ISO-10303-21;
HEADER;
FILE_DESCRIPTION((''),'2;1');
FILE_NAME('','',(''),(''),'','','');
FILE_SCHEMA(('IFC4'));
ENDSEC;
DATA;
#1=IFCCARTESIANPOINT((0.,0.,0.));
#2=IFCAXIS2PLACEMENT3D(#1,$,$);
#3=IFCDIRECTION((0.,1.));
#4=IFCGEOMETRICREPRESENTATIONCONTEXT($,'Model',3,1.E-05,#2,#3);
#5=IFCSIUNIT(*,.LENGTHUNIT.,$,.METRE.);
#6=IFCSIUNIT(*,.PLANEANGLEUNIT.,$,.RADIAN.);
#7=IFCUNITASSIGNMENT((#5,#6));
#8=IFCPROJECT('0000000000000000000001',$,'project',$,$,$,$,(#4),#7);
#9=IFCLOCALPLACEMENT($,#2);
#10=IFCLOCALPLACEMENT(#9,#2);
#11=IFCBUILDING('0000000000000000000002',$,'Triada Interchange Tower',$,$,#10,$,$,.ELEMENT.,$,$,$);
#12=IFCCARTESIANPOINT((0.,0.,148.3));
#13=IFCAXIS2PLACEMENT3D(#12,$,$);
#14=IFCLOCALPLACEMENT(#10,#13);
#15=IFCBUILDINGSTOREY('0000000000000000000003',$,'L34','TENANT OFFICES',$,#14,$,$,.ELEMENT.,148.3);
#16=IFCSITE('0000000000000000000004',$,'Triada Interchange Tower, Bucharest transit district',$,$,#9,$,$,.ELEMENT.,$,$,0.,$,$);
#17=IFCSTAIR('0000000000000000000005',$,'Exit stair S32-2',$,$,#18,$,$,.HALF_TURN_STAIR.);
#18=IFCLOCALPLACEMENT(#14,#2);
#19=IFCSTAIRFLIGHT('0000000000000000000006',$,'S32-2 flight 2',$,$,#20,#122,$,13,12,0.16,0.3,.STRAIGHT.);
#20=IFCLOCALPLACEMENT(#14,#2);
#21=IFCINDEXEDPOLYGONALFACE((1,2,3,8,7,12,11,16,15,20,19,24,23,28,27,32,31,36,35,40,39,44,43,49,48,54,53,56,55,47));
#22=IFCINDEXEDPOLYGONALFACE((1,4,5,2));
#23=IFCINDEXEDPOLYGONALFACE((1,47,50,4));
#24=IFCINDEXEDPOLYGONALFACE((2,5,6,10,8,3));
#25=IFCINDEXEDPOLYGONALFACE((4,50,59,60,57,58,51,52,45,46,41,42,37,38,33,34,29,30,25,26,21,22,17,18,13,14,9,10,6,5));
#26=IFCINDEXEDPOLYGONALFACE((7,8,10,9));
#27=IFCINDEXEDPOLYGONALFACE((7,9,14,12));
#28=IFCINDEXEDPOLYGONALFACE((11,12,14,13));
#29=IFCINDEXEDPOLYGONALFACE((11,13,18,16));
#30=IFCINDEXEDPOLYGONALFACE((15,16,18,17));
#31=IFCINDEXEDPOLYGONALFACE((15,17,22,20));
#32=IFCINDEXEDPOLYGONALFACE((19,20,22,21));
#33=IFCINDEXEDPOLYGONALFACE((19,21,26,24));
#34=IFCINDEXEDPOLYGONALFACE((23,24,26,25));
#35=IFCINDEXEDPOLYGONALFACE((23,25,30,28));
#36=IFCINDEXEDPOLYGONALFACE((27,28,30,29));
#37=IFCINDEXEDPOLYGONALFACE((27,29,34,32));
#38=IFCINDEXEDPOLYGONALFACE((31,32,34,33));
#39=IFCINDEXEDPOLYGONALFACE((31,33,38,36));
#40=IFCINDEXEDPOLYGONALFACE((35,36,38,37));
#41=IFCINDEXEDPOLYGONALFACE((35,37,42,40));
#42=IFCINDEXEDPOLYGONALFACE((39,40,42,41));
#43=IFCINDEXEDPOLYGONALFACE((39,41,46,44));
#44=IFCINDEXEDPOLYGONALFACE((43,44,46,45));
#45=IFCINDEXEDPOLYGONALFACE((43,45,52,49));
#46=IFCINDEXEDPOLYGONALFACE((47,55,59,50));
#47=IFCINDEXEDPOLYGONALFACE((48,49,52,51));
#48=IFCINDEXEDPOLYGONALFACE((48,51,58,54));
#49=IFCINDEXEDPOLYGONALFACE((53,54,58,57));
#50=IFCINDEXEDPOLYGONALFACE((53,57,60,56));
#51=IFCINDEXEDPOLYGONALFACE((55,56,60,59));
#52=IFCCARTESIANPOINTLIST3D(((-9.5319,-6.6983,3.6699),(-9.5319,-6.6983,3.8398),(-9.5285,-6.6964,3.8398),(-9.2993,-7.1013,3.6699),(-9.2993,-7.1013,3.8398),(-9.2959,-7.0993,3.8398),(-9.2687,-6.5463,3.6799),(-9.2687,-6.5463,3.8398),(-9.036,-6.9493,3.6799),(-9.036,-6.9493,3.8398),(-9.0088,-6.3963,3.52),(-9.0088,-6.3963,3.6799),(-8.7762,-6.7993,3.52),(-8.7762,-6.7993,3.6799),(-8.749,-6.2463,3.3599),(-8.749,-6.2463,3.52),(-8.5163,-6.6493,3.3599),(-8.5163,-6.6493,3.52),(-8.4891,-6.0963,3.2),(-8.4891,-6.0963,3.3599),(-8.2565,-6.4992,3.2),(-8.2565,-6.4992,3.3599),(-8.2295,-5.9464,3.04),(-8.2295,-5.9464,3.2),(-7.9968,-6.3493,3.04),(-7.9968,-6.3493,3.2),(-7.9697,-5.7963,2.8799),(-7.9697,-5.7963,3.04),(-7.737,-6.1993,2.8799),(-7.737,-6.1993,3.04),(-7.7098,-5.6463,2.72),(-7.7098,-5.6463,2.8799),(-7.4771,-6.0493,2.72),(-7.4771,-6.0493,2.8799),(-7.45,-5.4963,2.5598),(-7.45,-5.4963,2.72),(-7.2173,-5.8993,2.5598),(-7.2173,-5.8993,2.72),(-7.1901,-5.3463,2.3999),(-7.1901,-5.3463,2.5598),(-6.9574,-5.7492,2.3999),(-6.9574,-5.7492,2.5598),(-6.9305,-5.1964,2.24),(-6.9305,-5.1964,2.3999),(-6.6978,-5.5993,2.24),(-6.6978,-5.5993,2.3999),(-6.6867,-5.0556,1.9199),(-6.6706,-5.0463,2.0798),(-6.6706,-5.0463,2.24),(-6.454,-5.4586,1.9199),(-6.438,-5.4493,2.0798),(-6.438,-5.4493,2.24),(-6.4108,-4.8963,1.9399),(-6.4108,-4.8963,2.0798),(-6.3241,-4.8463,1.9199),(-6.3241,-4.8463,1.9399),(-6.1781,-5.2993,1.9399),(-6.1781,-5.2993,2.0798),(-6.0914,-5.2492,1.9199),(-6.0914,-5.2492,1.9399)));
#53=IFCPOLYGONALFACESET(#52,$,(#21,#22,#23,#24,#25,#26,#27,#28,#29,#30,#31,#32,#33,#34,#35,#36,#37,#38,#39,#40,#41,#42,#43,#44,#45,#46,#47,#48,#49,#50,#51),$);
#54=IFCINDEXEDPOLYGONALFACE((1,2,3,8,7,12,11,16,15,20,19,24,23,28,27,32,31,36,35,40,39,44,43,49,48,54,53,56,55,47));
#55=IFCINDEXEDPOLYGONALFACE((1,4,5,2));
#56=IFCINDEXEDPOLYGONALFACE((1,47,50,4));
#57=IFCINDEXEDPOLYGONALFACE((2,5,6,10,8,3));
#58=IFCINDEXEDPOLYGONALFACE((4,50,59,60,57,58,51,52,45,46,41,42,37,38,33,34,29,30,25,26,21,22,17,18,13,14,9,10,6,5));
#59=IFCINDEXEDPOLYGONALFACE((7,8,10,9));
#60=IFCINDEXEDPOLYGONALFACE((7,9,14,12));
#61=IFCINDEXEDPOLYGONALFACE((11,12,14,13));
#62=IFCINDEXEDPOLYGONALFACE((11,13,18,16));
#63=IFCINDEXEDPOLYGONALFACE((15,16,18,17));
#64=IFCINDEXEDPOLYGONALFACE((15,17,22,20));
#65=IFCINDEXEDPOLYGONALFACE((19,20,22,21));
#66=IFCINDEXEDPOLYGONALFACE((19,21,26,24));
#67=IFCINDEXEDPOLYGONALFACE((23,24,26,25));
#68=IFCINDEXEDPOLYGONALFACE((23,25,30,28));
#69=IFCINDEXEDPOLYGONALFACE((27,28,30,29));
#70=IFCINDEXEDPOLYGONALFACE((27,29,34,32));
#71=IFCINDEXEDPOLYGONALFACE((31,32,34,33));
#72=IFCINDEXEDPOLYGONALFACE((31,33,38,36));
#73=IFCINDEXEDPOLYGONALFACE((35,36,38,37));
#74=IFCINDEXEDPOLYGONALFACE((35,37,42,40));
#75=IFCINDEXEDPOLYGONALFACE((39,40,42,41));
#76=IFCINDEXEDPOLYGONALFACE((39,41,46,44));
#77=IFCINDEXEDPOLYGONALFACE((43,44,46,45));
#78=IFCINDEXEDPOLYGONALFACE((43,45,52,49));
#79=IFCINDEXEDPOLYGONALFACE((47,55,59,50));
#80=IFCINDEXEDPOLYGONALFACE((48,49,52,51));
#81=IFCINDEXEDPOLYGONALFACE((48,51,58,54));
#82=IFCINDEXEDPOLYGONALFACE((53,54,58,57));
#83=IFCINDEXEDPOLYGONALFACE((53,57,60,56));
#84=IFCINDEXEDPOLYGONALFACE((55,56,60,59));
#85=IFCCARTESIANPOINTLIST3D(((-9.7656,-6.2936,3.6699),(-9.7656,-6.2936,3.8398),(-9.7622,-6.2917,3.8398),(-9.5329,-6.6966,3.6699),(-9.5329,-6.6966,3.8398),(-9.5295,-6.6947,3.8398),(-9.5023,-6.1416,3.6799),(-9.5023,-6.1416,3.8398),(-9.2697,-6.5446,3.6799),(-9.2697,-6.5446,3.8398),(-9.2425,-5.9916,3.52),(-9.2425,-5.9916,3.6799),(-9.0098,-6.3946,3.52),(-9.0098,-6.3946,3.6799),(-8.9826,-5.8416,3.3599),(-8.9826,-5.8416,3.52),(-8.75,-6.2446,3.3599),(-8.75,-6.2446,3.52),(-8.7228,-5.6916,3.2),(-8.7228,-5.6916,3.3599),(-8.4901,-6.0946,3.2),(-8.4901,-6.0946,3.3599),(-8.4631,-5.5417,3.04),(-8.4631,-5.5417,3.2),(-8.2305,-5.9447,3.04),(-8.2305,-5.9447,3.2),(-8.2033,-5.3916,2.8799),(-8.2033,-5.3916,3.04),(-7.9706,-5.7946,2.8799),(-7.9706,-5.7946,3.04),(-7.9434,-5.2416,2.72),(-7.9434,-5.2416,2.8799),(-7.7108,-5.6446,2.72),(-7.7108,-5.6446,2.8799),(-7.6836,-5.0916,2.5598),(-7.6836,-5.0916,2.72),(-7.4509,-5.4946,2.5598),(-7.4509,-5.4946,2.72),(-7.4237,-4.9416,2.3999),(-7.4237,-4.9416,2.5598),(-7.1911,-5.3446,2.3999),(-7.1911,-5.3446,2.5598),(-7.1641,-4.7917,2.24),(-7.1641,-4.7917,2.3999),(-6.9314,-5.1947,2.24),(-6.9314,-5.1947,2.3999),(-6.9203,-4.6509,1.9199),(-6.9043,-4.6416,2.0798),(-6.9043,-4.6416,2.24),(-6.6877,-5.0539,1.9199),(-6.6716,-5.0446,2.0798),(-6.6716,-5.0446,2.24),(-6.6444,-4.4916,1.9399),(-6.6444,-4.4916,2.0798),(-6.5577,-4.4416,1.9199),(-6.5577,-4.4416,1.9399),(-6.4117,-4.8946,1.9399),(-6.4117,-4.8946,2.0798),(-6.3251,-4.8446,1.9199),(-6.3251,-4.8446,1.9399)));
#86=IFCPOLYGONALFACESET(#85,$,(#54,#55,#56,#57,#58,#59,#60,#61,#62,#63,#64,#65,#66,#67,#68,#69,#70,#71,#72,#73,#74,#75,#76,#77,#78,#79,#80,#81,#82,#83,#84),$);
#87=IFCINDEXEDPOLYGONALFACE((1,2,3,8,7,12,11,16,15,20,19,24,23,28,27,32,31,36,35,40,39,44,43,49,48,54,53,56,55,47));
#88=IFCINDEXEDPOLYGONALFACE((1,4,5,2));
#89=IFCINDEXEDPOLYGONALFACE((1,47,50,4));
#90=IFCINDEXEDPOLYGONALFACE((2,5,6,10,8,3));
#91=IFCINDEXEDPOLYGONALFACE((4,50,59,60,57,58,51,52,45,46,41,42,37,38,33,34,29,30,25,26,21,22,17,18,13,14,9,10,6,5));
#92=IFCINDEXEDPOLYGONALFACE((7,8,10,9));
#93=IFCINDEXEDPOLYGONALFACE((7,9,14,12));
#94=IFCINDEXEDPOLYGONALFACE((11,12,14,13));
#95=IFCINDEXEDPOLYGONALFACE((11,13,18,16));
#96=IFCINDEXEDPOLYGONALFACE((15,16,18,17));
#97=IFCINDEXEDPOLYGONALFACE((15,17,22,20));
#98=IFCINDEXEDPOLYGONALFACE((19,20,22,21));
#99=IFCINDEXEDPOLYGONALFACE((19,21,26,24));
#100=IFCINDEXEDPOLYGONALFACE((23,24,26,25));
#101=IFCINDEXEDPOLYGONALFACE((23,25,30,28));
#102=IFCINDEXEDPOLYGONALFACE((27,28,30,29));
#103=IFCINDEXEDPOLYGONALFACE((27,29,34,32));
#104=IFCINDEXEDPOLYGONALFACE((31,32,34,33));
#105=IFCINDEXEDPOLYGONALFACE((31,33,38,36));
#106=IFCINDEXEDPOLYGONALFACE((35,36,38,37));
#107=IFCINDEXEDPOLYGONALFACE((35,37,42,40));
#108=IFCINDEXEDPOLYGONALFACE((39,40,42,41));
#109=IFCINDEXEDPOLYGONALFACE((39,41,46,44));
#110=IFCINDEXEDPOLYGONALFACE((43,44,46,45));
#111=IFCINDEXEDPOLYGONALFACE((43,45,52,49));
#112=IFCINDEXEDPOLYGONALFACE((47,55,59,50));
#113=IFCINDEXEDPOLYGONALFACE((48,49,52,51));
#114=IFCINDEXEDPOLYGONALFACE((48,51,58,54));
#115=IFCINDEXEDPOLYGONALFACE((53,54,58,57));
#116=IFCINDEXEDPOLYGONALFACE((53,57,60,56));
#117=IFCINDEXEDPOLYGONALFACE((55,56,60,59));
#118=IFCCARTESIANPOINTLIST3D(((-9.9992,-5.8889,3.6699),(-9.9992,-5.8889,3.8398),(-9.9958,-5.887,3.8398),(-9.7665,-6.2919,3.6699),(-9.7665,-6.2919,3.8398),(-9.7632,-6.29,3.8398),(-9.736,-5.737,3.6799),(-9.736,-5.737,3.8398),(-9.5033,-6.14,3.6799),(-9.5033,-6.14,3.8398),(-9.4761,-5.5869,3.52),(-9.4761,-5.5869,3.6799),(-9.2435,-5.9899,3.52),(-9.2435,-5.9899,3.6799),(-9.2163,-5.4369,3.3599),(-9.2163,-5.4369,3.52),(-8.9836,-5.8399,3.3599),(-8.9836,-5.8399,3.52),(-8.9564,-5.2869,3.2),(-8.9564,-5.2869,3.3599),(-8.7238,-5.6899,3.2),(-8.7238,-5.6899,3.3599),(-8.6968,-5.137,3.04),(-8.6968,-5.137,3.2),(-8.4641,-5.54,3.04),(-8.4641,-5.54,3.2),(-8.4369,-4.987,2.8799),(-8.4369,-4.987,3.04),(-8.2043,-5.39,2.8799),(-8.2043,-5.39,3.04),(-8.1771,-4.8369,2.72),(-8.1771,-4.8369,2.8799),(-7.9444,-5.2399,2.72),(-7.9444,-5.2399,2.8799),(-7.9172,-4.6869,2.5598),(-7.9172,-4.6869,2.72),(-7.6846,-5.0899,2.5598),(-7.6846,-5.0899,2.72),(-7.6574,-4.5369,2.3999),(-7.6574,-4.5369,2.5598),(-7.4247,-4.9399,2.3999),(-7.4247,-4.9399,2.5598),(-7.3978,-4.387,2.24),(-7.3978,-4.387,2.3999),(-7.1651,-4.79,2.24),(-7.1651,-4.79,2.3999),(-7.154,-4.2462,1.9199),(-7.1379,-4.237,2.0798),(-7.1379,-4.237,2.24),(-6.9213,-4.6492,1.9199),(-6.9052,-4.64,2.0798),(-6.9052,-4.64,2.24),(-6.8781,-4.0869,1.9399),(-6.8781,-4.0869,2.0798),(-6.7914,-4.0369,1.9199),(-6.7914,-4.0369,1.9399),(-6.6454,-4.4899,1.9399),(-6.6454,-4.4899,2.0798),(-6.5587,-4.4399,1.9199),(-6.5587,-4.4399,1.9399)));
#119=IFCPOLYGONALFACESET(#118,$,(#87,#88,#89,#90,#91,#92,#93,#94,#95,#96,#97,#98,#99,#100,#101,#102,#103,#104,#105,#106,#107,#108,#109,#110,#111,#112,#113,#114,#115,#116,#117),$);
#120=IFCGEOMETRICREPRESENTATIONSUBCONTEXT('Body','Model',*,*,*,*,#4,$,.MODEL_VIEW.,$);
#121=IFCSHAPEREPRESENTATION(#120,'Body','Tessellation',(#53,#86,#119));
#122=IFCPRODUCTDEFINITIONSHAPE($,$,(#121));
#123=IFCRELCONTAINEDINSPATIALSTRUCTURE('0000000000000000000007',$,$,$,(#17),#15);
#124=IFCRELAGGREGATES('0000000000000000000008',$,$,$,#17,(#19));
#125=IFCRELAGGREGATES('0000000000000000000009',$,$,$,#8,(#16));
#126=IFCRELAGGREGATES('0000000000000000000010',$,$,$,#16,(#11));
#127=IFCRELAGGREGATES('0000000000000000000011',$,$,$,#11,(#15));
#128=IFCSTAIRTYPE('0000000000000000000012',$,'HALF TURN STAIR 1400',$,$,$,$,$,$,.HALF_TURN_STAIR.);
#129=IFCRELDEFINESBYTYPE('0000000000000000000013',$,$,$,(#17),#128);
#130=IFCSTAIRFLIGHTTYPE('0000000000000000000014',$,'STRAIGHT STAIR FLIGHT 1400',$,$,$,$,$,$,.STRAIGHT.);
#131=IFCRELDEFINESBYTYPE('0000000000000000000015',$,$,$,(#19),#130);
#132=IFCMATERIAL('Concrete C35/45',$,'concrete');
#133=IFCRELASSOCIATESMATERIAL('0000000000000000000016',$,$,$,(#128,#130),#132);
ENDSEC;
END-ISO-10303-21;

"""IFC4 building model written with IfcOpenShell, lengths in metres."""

from ifc_helpers import new_model, si_unit, direction, frame, origin, place, context, subcontext, project, spatial, polyline, outline, extrude, material, type_object, element, aggregate, save


model = new_model("IFC4")

# Units and contexts
model_context = context("Model", 3, precision=1e-05, world=origin(), true_north=direction((0.0, 1.0)))
body_context = subcontext(model_context, "Body", "Model", "MODEL_VIEW")
ifc_project = project(units=[si_unit("LENGTHUNIT", "METRE"), si_unit("PLANEANGLEUNIT", "RADIAN")], contexts=[model_context])

# Site, building, storey
site_placement = place(None, origin())
site = spatial("IfcSite", under=ifc_project, at=site_placement, Name="Triada Interchange Tower, Bucharest transit district", CompositionType="ELEMENT", RefElevation=0.0)
building_placement = place(site_placement, origin())
building = spatial("IfcBuilding", under=site, at=building_placement, Name="Triada Interchange Tower", CompositionType="ELEMENT")
storey_placement = place(building_placement, frame((0.0, 0.0, 148.3)))
storey = spatial("IfcBuildingStorey", under=building, at=storey_placement, Name="L34", Description="TENANT OFFICES", CompositionType="ELEMENT", Elevation=148.3)

# Stair, stair flight
ifc_material_1 = material(Name="Concrete C35/45", Category="concrete")
stair_type = type_object("IfcStairType", Name="HALF TURN STAIR 1400", PredefinedType="HALF_TURN_STAIR", material=ifc_material_1)
stair_placement = place(storey_placement, origin())
stair = element("IfcStair", 1, at=stair_placement, inside=storey, type_object=stair_type, Name="Exit stair S32-2", PredefinedType="HALF_TURN_STAIR")
stair_flight_type = type_object("IfcStairFlightType", Name="STRAIGHT STAIR FLIGHT 1400", PredefinedType="STRAIGHT", material=ifc_material_1)
stair_flight_1_placement = place(storey_placement, frame((-6.5281, -4.6931, 1.9199), z_axis=(0.0, 0.0, 1.0), x_axis=(-0.866025, -0.5, 0.0)))
stair_flight_1 = element("IfcStairFlight", 2, at=stair_flight_1_placement, type_object=stair_flight_type, Name="S32-2 flight 2", NumberOfRisers=13, NumberOfTreads=12, PredefinedType="STRAIGHT", RiserHeight=0.16, TreadLength=0.3, context=body_context, shape_type="SweptSolid", body=[
    extrude(outline(polyline([(-0.1001, 0.0), (-0.1001, 0.02), (0.0, 0.02), (0.0, 0.1599), (0.3, 0.1599), (0.3, 0.3201), (0.6001, 0.3201), (0.6001, 0.48), (0.8999, 0.48), (0.8999, 0.6399), (1.2, 0.6399), (1.2, 0.8), (1.5, 0.8), (1.5, 0.96), (1.8, 0.96), (1.8, 1.1201), (2.1001, 1.1201), (2.1001, 1.28), (2.3999, 1.28), (2.3999, 1.4399), (2.7, 1.4399), (2.7, 1.6001), (3.0, 1.6001), (3.0, 1.76), (3.3, 1.76), (3.3, 1.9199), (3.6001, 1.9199), (3.604, 1.9199), (3.604, 2.0801), (3.604, 1.75), (0.3186, 0.0), (-0.1001, 0.0)])), frame((0.0, 0.7, 0.0), z_axis=(0.0, -1.0, 0.0), x_axis=(1.0, 0.0, 0.0)), (0.0, 0.0, 1.0), 0.4653),
    extrude(outline(polyline([(-0.1001, 0.0), (-0.1001, 0.02), (0.0, 0.02), (0.0, 0.1599), (0.3, 0.1599), (0.3, 0.3201), (0.6001, 0.3201), (0.6001, 0.48), (0.8999, 0.48), (0.8999, 0.6399), (1.2, 0.6399), (1.2, 0.8), (1.5, 0.8), (1.5, 0.96), (1.8, 0.96), (1.8, 1.1201), (2.1001, 1.1201), (2.1001, 1.28), (2.3999, 1.28), (2.3999, 1.4399), (2.7, 1.4399), (2.7, 1.6001), (3.0, 1.6001), (3.0, 1.76), (3.3, 1.76), (3.3, 1.9199), (3.6001, 1.9199), (3.604, 1.9199), (3.604, 2.0801), (3.604, 1.75), (0.3186, 0.0), (-0.1001, 0.0)])), frame((0.0, 0.2327, 0.0), z_axis=(0.0, -1.0, 0.0), x_axis=(1.0, 0.0, 0.0)), (0.0, 0.0, 1.0), 0.4653),
    extrude(outline(polyline([(-0.1001, 0.0), (-0.1001, 0.02), (0.0, 0.02), (0.0, 0.1599), (0.3, 0.1599), (0.3, 0.3201), (0.6001, 0.3201), (0.6001, 0.48), (0.8999, 0.48), (0.8999, 0.6399), (1.2, 0.6399), (1.2, 0.8), (1.5, 0.8), (1.5, 0.96), (1.8, 0.96), (1.8, 1.1201), (2.1001, 1.1201), (2.1001, 1.28), (2.3999, 1.28), (2.3999, 1.4399), (2.7, 1.4399), (2.7, 1.6001), (3.0, 1.6001), (3.0, 1.76), (3.3, 1.76), (3.3, 1.9199), (3.6001, 1.9199), (3.604, 1.9199), (3.604, 2.0801), (3.604, 1.75), (0.3186, 0.0), (-0.1001, 0.0)])), frame((0.0, -0.2346, 0.0), z_axis=(0.0, -1.0, 0.0), x_axis=(1.0, 0.0, 0.0)), (0.0, 0.0, 1.0), 0.4653),
])
aggregate(stair, [stair_flight_1])

save(model, "model.ifc")
